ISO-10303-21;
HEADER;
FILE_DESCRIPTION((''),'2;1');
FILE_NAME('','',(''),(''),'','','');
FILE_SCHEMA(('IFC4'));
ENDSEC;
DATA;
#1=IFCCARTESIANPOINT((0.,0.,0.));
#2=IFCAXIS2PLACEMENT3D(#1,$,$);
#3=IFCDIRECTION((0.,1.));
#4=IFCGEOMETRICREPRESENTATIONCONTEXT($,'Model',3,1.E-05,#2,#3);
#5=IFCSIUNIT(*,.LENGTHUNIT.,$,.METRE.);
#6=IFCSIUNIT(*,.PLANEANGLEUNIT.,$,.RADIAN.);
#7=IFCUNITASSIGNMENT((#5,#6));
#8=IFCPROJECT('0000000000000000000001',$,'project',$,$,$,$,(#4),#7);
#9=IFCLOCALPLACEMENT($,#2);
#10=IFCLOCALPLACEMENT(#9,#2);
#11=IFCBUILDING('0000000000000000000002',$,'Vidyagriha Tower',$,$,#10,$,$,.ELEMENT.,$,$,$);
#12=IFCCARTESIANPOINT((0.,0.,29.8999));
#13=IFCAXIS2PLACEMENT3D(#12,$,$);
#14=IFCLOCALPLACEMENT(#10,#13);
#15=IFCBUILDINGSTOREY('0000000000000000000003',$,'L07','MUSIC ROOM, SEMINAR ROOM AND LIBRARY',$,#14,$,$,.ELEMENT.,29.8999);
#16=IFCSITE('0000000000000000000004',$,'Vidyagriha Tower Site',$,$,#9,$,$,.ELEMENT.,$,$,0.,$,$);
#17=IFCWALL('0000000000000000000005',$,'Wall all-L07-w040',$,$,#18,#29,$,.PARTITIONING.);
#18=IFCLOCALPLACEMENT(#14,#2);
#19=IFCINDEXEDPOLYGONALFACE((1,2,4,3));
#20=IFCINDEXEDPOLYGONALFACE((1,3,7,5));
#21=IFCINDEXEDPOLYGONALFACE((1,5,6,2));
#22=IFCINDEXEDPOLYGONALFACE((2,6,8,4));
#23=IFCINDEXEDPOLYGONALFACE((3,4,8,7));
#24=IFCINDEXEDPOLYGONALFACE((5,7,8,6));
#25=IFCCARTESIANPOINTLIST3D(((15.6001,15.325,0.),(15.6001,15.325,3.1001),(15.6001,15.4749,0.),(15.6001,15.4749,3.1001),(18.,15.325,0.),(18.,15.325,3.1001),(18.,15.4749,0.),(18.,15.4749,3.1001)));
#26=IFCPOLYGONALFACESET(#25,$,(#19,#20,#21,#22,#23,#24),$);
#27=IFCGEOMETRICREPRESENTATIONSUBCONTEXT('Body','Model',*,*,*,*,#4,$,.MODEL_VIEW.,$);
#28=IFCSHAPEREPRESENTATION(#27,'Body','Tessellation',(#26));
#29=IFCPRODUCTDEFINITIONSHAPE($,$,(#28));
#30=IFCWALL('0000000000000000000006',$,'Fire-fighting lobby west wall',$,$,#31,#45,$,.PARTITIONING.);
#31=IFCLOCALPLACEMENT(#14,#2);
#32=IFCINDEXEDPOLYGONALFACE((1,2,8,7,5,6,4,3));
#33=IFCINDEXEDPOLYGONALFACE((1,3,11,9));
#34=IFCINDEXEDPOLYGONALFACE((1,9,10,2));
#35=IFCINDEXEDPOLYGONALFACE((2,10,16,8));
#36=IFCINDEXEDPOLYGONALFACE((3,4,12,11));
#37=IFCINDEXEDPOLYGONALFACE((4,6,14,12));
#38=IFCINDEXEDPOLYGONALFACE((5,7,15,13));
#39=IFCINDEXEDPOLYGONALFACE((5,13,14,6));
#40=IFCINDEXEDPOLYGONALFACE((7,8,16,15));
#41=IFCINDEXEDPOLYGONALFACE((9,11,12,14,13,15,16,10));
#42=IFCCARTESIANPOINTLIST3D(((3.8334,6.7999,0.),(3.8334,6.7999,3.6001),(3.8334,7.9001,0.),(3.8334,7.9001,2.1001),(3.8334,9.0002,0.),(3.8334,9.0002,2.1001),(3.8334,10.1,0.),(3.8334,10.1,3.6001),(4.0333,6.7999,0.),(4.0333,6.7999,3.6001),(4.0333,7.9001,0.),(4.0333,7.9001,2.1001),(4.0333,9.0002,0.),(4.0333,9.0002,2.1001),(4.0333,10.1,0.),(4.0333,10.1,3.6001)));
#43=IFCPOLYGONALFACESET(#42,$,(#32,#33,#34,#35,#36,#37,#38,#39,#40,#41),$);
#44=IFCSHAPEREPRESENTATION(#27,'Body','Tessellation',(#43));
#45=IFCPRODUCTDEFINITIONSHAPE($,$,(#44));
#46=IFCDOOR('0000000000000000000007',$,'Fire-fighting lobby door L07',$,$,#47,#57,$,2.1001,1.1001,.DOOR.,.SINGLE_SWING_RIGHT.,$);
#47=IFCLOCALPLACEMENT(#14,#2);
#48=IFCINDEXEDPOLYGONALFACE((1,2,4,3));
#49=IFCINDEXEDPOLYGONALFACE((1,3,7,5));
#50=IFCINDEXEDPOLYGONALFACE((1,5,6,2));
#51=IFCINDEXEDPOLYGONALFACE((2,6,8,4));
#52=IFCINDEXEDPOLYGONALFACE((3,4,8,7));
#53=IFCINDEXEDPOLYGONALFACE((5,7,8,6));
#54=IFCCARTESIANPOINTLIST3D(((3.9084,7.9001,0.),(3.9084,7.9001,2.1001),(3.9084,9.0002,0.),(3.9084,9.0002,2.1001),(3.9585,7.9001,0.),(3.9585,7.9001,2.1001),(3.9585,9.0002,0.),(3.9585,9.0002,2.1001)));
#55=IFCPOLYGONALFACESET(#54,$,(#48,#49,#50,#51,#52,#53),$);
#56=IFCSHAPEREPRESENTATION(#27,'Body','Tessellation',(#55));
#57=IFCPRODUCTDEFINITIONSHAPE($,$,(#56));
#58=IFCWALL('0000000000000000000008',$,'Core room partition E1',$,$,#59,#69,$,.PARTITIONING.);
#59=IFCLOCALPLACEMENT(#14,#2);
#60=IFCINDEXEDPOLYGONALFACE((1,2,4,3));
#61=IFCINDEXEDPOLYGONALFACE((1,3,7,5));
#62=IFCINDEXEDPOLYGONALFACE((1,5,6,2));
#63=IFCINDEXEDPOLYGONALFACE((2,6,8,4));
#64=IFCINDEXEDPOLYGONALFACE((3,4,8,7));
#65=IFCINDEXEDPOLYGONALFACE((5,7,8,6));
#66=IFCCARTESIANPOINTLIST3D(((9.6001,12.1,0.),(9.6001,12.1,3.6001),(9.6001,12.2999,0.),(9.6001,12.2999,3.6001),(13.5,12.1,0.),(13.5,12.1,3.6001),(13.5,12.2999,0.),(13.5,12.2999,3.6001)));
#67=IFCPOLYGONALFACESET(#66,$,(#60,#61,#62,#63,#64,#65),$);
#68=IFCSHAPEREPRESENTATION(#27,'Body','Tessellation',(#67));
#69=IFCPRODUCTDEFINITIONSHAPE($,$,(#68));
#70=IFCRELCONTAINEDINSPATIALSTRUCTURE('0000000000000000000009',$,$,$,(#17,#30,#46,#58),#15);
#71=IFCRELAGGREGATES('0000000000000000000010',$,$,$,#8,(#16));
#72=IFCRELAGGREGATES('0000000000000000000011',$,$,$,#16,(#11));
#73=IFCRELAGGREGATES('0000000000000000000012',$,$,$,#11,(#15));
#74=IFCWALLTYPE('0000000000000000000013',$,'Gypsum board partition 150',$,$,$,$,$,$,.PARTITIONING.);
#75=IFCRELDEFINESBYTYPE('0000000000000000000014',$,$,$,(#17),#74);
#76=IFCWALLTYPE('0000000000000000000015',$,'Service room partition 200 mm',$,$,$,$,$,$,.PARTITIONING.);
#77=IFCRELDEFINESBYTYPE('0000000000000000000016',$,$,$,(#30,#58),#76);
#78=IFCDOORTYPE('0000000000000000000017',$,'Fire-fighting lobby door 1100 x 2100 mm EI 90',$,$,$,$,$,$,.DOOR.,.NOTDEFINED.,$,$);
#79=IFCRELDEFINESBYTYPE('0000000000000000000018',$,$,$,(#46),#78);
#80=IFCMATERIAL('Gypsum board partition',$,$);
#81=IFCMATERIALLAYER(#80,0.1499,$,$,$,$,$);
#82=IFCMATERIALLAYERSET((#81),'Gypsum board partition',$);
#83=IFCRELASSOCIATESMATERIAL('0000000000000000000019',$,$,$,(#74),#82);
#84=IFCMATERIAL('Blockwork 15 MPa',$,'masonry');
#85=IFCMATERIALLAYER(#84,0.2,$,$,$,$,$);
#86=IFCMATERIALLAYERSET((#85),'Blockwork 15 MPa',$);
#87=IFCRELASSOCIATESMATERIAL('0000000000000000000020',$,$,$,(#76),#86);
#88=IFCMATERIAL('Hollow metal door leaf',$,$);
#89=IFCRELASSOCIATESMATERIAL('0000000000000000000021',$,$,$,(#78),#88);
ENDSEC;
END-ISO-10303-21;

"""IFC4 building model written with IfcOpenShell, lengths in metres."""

from ifc_helpers import new_model, si_unit, direction, frame, frame_2d, origin, place, context, subcontext, project, spatial, rectangle, extrude, material, layer, layer_set, type_object, element, fill, save


model = new_model("IFC4")

# Units and contexts
model_context = context("Model", 3, precision=1e-05, world=origin(), true_north=direction((0.0, 1.0)))
body_context = subcontext(model_context, "Body", "Model", "MODEL_VIEW")
ifc_project = project(units=[si_unit("LENGTHUNIT", "METRE"), si_unit("PLANEANGLEUNIT", "RADIAN")], contexts=[model_context])

# Site, building, storey
site_placement = place(None, origin())
site = spatial("IfcSite", under=ifc_project, at=site_placement, Name="Vidyagriha Tower Site", CompositionType="ELEMENT", RefElevation=0.0)
building_placement = place(site_placement, origin())
building = spatial("IfcBuilding", under=site, at=building_placement, Name="Vidyagriha Tower", CompositionType="ELEMENT")
storey_placement = place(building_placement, frame((0.0, 0.0, 29.8999)))
storey = spatial("IfcBuildingStorey", under=building, at=storey_placement, Name="L07", Description="MUSIC ROOM, SEMINAR ROOM AND LIBRARY", CompositionType="ELEMENT", Elevation=29.8999)

# Wall
ifc_material_1 = material(Name="Gypsum board partition")
ifc_layer_1 = layer(ifc_material_1, 0.1499)
ifc_layer_set_1 = layer_set([ifc_layer_1], Name="Gypsum board partition")
wall_type_1 = type_object("IfcWallType", Name="Gypsum board partition 150", PredefinedType="PARTITIONING", material=ifc_layer_set_1)
for number, where, name in (
    (1, (15.6001, 15.3999, 0.0), "Wall all-L07-w040"),
):
    element("IfcWall", number, at=place(storey_placement, frame(where)), inside=storey, type_object=wall_type_1, Name=name, PredefinedType="PARTITIONING", context=body_context, shape_type="SweptSolid", body=[
        extrude(rectangle(XDim=2.3999, YDim=0.1499, at=frame_2d((1.2, 0.0))), origin(), (0.0, 0.0, 1.0), 3.1001),
    ])

# Wall, opening, door
ifc_material_2 = material(Name="Blockwork 15 MPa", Category="masonry")
ifc_layer_2 = layer(ifc_material_2, 0.2)
ifc_layer_set_2 = layer_set([ifc_layer_2], Name="Blockwork 15 MPa")
wall_type_2 = type_object("IfcWallType", Name="Service room partition 200 mm", PredefinedType="PARTITIONING", material=ifc_layer_set_2)
wall_1_placement = place(storey_placement, frame((3.9333, 6.8, 0.0), z_axis=(0.0, 0.0, 1.0), x_axis=(0.0, 1.0, 0.0)))
wall_1 = element("IfcWall", 2, at=wall_1_placement, inside=storey, type_object=wall_type_2, Name="Fire-fighting lobby west wall", PredefinedType="PARTITIONING", context=body_context, shape_type="SweptSolid", body=[
    extrude(rectangle(XDim=3.3, YDim=0.2, at=frame_2d((1.6499, 0.0))), origin(), (0.0, 0.0, 1.0), 3.6001),
])
opening_1_placement = place(wall_1_placement, frame((1.1001, 0.0, 0.0)))
opening_1 = element("IfcOpeningElement", 3, at=opening_1_placement, cuts=wall_1, PredefinedType="OPENING", context=body_context, shape_type="SweptSolid", body=[
    extrude(rectangle(XDim=1.1001, YDim=2.1001, at=frame_2d((0.55, 1.05))), frame((0.0, 0.1099, 0.0), z_axis=(0.0, -1.0, 0.0), x_axis=(1.0, 0.0, 0.0)), (0.0, 0.0, 1.0), 0.22),
])
ifc_material_3 = material(Name="Hollow metal door leaf")
door_type_1 = type_object("IfcDoorType", Name="Fire-fighting lobby door 1100 x 2100 mm EI 90", OperationType="NOTDEFINED", PredefinedType="DOOR", material=ifc_material_3)
door_1_placement = place(opening_1_placement, origin())
door_1 = element("IfcDoor", 4, at=door_1_placement, inside=storey, type_object=door_type_1, Name="Fire-fighting lobby door L07", OperationType="SINGLE_SWING_RIGHT", OverallHeight=2.1001, OverallWidth=1.1001, PredefinedType="DOOR", context=body_context, shape_type="SweptSolid", body=[
    extrude(rectangle(XDim=1.1001, YDim=2.1001, at=frame_2d((0.55, 1.05))), frame((0.0, 0.0249, 0.0), z_axis=(0.0, -1.0, 0.0), x_axis=(1.0, 0.0, 0.0)), (0.0, 0.0, 1.0), 0.05),
])
fill(opening_1, door_1)

# Wall
wall_2_placement = place(storey_placement, frame((9.6001, 12.2, 0.0)))
element("IfcWall", 5, at=wall_2_placement, inside=storey, type_object=wall_type_2, Name="Core room partition E1", PredefinedType="PARTITIONING", context=body_context, shape_type="SweptSolid", body=[
    extrude(rectangle(XDim=3.8999, YDim=0.2, at=frame_2d((1.95, 0.0))), origin(), (0.0, 0.0, 1.0), 3.6001),
])

save(model, "model.ifc")
